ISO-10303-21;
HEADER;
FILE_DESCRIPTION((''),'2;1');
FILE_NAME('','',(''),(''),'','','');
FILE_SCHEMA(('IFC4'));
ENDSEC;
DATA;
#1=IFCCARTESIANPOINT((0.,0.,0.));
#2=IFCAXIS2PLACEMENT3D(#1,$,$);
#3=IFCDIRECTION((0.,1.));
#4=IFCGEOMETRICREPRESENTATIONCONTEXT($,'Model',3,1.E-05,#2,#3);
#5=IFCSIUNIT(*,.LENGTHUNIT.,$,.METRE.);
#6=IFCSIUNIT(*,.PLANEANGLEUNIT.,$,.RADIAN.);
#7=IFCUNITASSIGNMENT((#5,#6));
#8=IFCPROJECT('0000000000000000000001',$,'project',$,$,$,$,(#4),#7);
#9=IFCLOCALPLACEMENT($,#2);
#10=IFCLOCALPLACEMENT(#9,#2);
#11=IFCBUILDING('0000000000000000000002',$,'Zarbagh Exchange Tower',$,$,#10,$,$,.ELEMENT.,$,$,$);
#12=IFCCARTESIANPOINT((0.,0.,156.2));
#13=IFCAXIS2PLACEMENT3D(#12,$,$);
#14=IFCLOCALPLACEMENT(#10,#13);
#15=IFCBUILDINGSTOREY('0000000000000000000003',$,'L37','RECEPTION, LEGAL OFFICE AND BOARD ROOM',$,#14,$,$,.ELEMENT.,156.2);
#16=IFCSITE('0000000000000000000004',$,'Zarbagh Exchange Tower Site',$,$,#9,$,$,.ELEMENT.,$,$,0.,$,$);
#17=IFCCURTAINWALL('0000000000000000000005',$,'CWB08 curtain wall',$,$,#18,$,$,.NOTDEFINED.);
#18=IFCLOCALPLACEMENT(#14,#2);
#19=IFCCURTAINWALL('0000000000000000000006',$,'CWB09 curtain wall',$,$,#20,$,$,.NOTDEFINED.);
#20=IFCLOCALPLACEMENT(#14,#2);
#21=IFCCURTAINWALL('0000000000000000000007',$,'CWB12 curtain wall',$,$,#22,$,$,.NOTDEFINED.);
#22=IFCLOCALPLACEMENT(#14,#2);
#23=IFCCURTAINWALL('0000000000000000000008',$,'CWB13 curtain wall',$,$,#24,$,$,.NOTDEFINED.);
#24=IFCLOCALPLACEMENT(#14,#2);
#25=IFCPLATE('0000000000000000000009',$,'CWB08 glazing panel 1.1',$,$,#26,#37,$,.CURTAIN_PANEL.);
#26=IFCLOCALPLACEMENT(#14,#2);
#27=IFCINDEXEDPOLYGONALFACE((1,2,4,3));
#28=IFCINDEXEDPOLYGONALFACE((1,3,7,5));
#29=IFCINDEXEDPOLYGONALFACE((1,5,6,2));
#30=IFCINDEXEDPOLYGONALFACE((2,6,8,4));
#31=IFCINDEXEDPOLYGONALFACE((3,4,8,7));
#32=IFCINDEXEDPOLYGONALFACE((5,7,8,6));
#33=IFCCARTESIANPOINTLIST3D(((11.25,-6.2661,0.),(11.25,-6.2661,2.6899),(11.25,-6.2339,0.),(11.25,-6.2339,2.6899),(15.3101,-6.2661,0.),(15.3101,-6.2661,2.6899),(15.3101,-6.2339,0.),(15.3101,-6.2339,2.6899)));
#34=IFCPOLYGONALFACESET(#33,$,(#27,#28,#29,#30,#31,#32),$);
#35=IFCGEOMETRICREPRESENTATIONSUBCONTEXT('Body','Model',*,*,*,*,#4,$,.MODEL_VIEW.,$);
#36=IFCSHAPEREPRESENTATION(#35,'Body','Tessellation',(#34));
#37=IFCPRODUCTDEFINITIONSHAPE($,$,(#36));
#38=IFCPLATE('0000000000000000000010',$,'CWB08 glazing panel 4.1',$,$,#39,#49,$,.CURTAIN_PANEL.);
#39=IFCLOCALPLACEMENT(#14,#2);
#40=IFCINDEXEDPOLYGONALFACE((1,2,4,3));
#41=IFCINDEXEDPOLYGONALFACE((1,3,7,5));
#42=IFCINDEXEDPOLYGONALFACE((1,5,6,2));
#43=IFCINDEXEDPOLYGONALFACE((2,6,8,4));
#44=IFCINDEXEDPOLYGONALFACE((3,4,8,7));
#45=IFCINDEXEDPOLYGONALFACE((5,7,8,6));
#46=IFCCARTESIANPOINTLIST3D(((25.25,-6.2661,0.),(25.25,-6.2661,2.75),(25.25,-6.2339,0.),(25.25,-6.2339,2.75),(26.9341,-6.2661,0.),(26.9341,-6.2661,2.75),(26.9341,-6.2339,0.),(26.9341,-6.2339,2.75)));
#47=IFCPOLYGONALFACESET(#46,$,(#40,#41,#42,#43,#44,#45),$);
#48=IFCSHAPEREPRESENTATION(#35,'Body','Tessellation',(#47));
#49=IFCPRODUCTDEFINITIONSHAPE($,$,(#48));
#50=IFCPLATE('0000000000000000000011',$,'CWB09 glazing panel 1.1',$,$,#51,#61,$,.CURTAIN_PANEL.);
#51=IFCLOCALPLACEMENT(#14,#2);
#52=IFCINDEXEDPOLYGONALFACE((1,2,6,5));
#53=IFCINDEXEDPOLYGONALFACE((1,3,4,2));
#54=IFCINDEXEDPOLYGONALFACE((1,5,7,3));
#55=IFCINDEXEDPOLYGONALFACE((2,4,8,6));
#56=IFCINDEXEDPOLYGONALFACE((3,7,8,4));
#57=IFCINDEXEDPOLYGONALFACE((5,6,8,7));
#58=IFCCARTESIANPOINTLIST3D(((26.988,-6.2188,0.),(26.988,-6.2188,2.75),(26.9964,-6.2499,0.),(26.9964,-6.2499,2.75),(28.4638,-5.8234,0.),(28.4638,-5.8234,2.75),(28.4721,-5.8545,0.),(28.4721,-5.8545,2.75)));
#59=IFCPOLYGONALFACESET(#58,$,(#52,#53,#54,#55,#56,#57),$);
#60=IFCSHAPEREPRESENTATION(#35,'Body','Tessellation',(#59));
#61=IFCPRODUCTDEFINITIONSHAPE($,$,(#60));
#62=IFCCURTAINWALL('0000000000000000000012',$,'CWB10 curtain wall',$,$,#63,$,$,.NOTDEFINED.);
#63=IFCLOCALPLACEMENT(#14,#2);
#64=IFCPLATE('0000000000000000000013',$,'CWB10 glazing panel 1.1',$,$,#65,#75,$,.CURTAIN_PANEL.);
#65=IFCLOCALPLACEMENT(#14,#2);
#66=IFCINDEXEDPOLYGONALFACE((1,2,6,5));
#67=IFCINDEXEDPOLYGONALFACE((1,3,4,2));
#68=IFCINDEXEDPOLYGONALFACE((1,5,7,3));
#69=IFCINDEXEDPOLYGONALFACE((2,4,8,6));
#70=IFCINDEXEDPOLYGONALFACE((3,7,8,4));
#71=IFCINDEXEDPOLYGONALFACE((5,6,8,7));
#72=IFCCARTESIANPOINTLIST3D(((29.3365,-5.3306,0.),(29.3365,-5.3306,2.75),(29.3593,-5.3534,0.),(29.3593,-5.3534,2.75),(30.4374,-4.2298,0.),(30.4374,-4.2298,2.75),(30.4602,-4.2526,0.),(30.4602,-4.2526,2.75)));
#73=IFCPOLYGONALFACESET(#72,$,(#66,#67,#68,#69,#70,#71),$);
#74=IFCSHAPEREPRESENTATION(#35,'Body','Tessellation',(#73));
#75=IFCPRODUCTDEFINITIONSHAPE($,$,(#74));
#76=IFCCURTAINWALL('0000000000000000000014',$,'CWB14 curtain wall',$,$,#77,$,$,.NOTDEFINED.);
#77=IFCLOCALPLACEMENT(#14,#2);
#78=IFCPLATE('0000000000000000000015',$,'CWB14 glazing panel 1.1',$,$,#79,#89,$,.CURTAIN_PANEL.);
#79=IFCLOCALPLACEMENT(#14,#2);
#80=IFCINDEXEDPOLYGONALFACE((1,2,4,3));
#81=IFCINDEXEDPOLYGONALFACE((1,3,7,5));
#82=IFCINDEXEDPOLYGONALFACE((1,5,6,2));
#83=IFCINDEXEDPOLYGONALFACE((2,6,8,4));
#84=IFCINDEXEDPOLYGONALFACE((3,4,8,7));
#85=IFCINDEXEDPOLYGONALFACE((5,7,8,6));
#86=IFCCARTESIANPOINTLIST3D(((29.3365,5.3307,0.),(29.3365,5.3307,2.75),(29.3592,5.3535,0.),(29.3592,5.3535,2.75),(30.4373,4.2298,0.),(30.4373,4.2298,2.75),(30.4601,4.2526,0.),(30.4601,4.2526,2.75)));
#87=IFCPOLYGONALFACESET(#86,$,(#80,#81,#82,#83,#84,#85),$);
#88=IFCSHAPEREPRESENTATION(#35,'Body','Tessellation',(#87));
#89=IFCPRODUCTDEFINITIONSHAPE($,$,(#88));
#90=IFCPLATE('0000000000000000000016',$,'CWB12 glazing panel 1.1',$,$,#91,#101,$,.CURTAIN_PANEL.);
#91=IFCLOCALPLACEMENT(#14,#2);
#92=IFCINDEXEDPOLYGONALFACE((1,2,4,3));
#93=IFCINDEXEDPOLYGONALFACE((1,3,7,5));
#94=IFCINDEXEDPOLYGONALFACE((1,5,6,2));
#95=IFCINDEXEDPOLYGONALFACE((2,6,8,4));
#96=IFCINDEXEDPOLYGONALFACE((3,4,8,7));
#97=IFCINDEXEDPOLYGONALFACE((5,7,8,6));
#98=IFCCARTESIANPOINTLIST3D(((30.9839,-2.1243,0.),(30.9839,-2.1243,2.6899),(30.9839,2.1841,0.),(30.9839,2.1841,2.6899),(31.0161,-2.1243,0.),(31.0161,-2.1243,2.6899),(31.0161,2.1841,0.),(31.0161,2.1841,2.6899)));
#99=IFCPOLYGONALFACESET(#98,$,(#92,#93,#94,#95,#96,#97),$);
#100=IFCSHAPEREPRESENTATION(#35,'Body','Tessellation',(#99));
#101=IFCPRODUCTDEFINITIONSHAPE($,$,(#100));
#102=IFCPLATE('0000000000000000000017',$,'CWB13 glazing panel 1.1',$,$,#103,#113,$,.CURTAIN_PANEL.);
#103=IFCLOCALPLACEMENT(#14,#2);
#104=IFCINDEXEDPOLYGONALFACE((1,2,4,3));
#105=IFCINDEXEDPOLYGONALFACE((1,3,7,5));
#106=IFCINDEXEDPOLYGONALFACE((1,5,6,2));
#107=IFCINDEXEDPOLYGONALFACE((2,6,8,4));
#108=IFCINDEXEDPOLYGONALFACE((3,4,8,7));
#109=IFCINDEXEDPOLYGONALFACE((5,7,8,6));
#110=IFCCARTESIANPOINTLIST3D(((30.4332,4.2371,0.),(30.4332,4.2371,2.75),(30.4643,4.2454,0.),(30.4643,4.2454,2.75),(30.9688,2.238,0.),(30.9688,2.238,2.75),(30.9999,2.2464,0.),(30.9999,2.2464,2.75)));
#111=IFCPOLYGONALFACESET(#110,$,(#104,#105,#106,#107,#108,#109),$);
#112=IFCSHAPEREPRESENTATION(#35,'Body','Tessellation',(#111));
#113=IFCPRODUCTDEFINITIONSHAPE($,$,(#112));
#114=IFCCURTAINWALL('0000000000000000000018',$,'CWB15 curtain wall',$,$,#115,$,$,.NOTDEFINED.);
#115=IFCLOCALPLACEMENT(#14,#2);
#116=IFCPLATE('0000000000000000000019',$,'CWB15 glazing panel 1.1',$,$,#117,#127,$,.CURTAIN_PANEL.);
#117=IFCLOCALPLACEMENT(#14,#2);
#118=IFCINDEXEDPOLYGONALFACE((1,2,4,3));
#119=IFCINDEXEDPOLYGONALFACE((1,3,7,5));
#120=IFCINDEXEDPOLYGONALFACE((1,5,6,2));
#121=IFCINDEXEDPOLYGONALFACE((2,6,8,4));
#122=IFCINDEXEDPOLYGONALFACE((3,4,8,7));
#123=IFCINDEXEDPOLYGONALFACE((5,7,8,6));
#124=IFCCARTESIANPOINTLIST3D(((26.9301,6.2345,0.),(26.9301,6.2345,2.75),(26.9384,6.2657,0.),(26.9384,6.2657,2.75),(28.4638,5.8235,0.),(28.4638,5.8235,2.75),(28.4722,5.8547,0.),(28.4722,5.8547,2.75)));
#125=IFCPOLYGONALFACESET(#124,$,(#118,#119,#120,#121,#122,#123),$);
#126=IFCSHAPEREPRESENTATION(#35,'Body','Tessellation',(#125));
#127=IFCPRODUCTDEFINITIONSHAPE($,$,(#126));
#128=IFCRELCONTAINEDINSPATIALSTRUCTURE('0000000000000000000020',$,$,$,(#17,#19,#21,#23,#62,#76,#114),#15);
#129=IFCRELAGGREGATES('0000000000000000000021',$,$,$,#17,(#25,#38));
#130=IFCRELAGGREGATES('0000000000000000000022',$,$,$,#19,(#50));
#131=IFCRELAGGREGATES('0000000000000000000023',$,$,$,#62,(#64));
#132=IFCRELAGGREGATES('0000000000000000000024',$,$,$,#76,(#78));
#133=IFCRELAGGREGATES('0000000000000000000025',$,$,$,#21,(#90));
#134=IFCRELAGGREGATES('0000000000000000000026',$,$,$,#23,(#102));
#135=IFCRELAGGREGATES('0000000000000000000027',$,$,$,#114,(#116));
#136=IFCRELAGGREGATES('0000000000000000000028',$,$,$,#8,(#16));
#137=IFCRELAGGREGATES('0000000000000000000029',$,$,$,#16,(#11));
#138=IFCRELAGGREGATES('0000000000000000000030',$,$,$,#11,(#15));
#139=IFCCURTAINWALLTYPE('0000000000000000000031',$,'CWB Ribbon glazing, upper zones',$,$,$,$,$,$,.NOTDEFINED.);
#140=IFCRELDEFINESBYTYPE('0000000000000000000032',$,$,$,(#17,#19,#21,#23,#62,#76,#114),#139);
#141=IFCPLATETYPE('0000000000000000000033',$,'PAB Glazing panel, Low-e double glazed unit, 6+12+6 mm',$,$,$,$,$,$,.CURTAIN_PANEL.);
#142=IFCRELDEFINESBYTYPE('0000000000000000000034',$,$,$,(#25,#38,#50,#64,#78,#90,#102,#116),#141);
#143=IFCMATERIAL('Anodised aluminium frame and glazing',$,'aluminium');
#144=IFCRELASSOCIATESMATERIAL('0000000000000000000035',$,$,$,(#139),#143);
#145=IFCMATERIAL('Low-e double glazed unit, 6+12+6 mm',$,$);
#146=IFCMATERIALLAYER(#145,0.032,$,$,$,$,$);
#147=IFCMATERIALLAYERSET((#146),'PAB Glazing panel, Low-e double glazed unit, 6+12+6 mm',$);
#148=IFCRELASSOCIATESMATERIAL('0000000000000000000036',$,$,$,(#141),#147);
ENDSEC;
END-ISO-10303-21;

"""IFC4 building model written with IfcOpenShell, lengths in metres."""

from ifc_helpers import new_model, si_unit, direction, frame, origin, place, context, subcontext, project, spatial, polyline, outline, extrude, source, transform, mapped, material, layer, layer_set, type_object, element, aggregate, save


model = new_model("IFC4")

# Units and contexts
model_context = context("Model", 3, precision=1e-05, world=origin(), true_north=direction((0.0, 1.0)))
body_context = subcontext(model_context, "Body", "Model", "MODEL_VIEW")
ifc_project = project(units=[si_unit("LENGTHUNIT", "METRE"), si_unit("PLANEANGLEUNIT", "RADIAN")], contexts=[model_context])

# Site, building, storey
site_placement = place(None, origin())
site = spatial("IfcSite", under=ifc_project, at=site_placement, Name="Zarbagh Exchange Tower Site", CompositionType="ELEMENT", RefElevation=0.0)
building_placement = place(site_placement, origin())
building = spatial("IfcBuilding", under=site, at=building_placement, Name="Zarbagh Exchange Tower", CompositionType="ELEMENT")
storey_placement = place(building_placement, frame((0.0, 0.0, 156.2)))
storey = spatial("IfcBuildingStorey", under=building, at=storey_placement, Name="L37", Description="RECEPTION, LEGAL OFFICE AND BOARD ROOM", CompositionType="ELEMENT", Elevation=156.2)

# Shared definitions
ifc_material_1 = material(Name="Anodised aluminium frame and glazing", Category="aluminium")
curtain_wall_type = type_object("IfcCurtainWallType", Name="CWB Ribbon glazing, upper zones", PredefinedType="NOTDEFINED", material=ifc_material_1)
placement = place(storey_placement, origin())

# Curtain wall
curtain_wall_1_placement = place(storey_placement, origin())
curtain_wall_1 = element("IfcCurtainWall", 1, at=curtain_wall_1_placement, inside=storey, type_object=curtain_wall_type, Name="CWB08 curtain wall", PredefinedType="NOTDEFINED")

# Curtain walls
curtain_wall_2_placement = place(storey_placement, origin())
curtain_wall_2 = element("IfcCurtainWall", 2, at=curtain_wall_2_placement, inside=storey, type_object=curtain_wall_type, Name="CWB09 curtain wall", PredefinedType="NOTDEFINED")
curtain_wall_3_placement = place(storey_placement, origin())
curtain_wall_3 = element("IfcCurtainWall", 3, at=curtain_wall_3_placement, inside=storey, type_object=curtain_wall_type, Name="CWB12 curtain wall", PredefinedType="NOTDEFINED")
curtain_wall_4_placement = place(storey_placement, origin())
curtain_wall_4 = element("IfcCurtainWall", 4, at=curtain_wall_4_placement, inside=storey, type_object=curtain_wall_type, Name="CWB13 curtain wall", PredefinedType="NOTDEFINED")

# Shared definitions
ifc_material_2 = material(Name="Low-e double glazed unit, 6+12+6 mm")
ifc_layer = layer(ifc_material_2, 0.032)
ifc_layer_set = layer_set([ifc_layer], Name="PAB Glazing panel, Low-e double glazed unit, 6+12+6 mm")
plate_type = type_object("IfcPlateType", Name="PAB Glazing panel, Low-e double glazed unit, 6+12+6 mm", PredefinedType="CURTAIN_PANEL", material=ifc_layer_set)

# Plates
shared_shape_1 = source(origin(), body_context, "Body", "SweptSolid", [
    extrude(outline(polyline([(0.0, -0.0161), (4.0601, -0.0161), (4.0601, 0.0161), (0.0, 0.0161), (0.0, -0.0161)])), origin(), (0.0, 0.0, 1.0), 2.6899),
])
plate_1 = element("IfcPlate", 5, at=placement, type_object=plate_type, Name="CWB08 glazing panel 1.1", PredefinedType="CURTAIN_PANEL", context=body_context, shape_type="MappedRepresentation", body=[
    mapped(shared_shape_1, transform((11.25, -6.25, 0.0), x_axis=(1.0, 0.0, 0.0), y_axis=(0.0, 1.0, 0.0), z_axis=(0.0, 0.0, 1.0))),
])
shared_shape_2 = source(origin(), body_context, "Body", "SweptSolid", [
    extrude(outline(polyline([(0.0, -0.0161), (1.6841, -0.0161), (1.6841, 0.0161), (0.0, 0.0161), (0.0, -0.0161)])), origin(), (0.0, 0.0, 1.0), 2.75),
])
plate_2 = element("IfcPlate", 6, at=placement, type_object=plate_type, Name="CWB08 glazing panel 4.1", PredefinedType="CURTAIN_PANEL", context=body_context, shape_type="MappedRepresentation", body=[
    mapped(shared_shape_2, transform((25.25, -6.25, 0.0), x_axis=(1.0, 0.0, 0.0), y_axis=(0.0, 1.0, 0.0), z_axis=(0.0, 0.0, 1.0))),
])
aggregate(curtain_wall_1, [plate_1, plate_2])
shared_shape_3 = source(origin(), body_context, "Body", "SweptSolid", [
    extrude(outline(polyline([(0.0, -0.0161), (1.5278, -0.0161), (1.5278, 0.0161), (0.0, 0.0161), (0.0, -0.0161)])), origin(), (0.0, 0.0, 1.0), 2.75),
])
plate_3 = element("IfcPlate", 7, at=placement, type_object=plate_type, Name="CWB09 glazing panel 1.1", PredefinedType="CURTAIN_PANEL", context=body_context, shape_type="MappedRepresentation", body=[
    mapped(shared_shape_3, transform((26.9922, -6.2344, 0.0), x_axis=(0.965924, 0.258825, 0.0), y_axis=(-0.258825, 0.965924, 0.0), z_axis=(0.0, 0.0, 1.0))),
])
aggregate(curtain_wall_2, [plate_3])

# Curtain walls, plates
curtain_wall_5_placement = place(storey_placement, origin())
curtain_wall_5 = element("IfcCurtainWall", 8, at=curtain_wall_5_placement, inside=storey, type_object=curtain_wall_type, Name="CWB10 curtain wall", PredefinedType="NOTDEFINED")
shared_shape_4 = source(origin(), body_context, "Body", "SweptSolid", [
    extrude(outline(polyline([(0.0, -0.0161), (1.5569, -0.0161), (1.5569, 0.0161), (0.0, 0.0161), (0.0, -0.0161)])), origin(), (0.0, 0.0, 1.0), 2.75),
])
plate_4 = element("IfcPlate", 9, at=placement, type_object=plate_type, Name="CWB10 glazing panel 1.1", PredefinedType="CURTAIN_PANEL", context=body_context, shape_type="MappedRepresentation", body=[
    mapped(shared_shape_4, transform((29.3479, -5.342, 0.0), x_axis=(0.707107, 0.707107, 0.0), y_axis=(-0.707107, 0.707107, 0.0), z_axis=(0.0, 0.0, 1.0))),
])
aggregate(curtain_wall_5, [plate_4])
curtain_wall_6_placement = place(storey_placement, origin())
curtain_wall_6 = element("IfcCurtainWall", 10, at=curtain_wall_6_placement, inside=storey, type_object=curtain_wall_type, Name="CWB14 curtain wall", PredefinedType="NOTDEFINED")
plate_5 = element("IfcPlate", 11, at=placement, type_object=plate_type, Name="CWB14 glazing panel 1.1", PredefinedType="CURTAIN_PANEL", context=body_context, shape_type="MappedRepresentation", body=[
    mapped(shared_shape_4, transform((30.4487, 4.2412, 0.0), x_axis=(-0.707107, 0.707107, 0.0), y_axis=(-0.707107, -0.707107, 0.0), z_axis=(0.0, 0.0, 1.0))),
])
aggregate(curtain_wall_6, [plate_5])

# Plates
shared_shape_5 = source(origin(), body_context, "Body", "SweptSolid", [
    extrude(outline(polyline([(0.0, -0.0161), (4.3083, -0.0161), (4.3083, 0.0161), (0.0, 0.0161), (0.0, -0.0161)])), origin(), (0.0, 0.0, 1.0), 2.6899),
])
plate_6 = element("IfcPlate", 12, at=placement, type_object=plate_type, Name="CWB12 glazing panel 1.1", PredefinedType="CURTAIN_PANEL", context=body_context, shape_type="MappedRepresentation", body=[
    mapped(shared_shape_5, transform((31.0, -2.1243, 0.0), x_axis=(0.0, 1.0, 0.0), y_axis=(-1.0, 0.0, 0.0), z_axis=(0.0, 0.0, 1.0))),
])
aggregate(curtain_wall_3, [plate_6])
shared_shape_6 = source(origin(), body_context, "Body", "SweptSolid", [
    extrude(outline(polyline([(0.0, -0.0161), (2.0696, -0.0161), (2.0696, 0.0161), (0.0, 0.0161), (0.0, -0.0161)])), origin(), (0.0, 0.0, 1.0), 2.75),
])
plate_7 = element("IfcPlate", 13, at=placement, type_object=plate_type, Name="CWB13 glazing panel 1.1", PredefinedType="CURTAIN_PANEL", context=body_context, shape_type="MappedRepresentation", body=[
    mapped(shared_shape_6, transform((30.9844, 2.2422, 0.0), x_axis=(-0.258825, 0.965924, 0.0), y_axis=(-0.965924, -0.258825, 0.0), z_axis=(0.0, 0.0, 1.0))),
])
aggregate(curtain_wall_4, [plate_7])

# Curtain wall, plate
curtain_wall_7_placement = place(storey_placement, origin())
curtain_wall_7 = element("IfcCurtainWall", 14, at=curtain_wall_7_placement, inside=storey, type_object=curtain_wall_type, Name="CWB15 curtain wall", PredefinedType="NOTDEFINED")
shared_shape_7 = source(origin(), body_context, "Body", "SweptSolid", [
    extrude(outline(polyline([(0.0, -0.0161), (1.5879, -0.0161), (1.5879, 0.0161), (0.0, 0.0161), (0.0, -0.0161)])), origin(), (0.0, 0.0, 1.0), 2.75),
])
plate_8 = element("IfcPlate", 15, at=placement, type_object=plate_type, Name="CWB15 glazing panel 1.1", PredefinedType="CURTAIN_PANEL", context=body_context, shape_type="MappedRepresentation", body=[
    mapped(shared_shape_7, transform((28.468, 5.8391, 0.0), x_axis=(-0.965924, 0.258825, 0.0), y_axis=(-0.258825, -0.965924, 0.0), z_axis=(0.0, 0.0, 1.0))),
])
aggregate(curtain_wall_7, [plate_8])

save(model, "model.ifc")
